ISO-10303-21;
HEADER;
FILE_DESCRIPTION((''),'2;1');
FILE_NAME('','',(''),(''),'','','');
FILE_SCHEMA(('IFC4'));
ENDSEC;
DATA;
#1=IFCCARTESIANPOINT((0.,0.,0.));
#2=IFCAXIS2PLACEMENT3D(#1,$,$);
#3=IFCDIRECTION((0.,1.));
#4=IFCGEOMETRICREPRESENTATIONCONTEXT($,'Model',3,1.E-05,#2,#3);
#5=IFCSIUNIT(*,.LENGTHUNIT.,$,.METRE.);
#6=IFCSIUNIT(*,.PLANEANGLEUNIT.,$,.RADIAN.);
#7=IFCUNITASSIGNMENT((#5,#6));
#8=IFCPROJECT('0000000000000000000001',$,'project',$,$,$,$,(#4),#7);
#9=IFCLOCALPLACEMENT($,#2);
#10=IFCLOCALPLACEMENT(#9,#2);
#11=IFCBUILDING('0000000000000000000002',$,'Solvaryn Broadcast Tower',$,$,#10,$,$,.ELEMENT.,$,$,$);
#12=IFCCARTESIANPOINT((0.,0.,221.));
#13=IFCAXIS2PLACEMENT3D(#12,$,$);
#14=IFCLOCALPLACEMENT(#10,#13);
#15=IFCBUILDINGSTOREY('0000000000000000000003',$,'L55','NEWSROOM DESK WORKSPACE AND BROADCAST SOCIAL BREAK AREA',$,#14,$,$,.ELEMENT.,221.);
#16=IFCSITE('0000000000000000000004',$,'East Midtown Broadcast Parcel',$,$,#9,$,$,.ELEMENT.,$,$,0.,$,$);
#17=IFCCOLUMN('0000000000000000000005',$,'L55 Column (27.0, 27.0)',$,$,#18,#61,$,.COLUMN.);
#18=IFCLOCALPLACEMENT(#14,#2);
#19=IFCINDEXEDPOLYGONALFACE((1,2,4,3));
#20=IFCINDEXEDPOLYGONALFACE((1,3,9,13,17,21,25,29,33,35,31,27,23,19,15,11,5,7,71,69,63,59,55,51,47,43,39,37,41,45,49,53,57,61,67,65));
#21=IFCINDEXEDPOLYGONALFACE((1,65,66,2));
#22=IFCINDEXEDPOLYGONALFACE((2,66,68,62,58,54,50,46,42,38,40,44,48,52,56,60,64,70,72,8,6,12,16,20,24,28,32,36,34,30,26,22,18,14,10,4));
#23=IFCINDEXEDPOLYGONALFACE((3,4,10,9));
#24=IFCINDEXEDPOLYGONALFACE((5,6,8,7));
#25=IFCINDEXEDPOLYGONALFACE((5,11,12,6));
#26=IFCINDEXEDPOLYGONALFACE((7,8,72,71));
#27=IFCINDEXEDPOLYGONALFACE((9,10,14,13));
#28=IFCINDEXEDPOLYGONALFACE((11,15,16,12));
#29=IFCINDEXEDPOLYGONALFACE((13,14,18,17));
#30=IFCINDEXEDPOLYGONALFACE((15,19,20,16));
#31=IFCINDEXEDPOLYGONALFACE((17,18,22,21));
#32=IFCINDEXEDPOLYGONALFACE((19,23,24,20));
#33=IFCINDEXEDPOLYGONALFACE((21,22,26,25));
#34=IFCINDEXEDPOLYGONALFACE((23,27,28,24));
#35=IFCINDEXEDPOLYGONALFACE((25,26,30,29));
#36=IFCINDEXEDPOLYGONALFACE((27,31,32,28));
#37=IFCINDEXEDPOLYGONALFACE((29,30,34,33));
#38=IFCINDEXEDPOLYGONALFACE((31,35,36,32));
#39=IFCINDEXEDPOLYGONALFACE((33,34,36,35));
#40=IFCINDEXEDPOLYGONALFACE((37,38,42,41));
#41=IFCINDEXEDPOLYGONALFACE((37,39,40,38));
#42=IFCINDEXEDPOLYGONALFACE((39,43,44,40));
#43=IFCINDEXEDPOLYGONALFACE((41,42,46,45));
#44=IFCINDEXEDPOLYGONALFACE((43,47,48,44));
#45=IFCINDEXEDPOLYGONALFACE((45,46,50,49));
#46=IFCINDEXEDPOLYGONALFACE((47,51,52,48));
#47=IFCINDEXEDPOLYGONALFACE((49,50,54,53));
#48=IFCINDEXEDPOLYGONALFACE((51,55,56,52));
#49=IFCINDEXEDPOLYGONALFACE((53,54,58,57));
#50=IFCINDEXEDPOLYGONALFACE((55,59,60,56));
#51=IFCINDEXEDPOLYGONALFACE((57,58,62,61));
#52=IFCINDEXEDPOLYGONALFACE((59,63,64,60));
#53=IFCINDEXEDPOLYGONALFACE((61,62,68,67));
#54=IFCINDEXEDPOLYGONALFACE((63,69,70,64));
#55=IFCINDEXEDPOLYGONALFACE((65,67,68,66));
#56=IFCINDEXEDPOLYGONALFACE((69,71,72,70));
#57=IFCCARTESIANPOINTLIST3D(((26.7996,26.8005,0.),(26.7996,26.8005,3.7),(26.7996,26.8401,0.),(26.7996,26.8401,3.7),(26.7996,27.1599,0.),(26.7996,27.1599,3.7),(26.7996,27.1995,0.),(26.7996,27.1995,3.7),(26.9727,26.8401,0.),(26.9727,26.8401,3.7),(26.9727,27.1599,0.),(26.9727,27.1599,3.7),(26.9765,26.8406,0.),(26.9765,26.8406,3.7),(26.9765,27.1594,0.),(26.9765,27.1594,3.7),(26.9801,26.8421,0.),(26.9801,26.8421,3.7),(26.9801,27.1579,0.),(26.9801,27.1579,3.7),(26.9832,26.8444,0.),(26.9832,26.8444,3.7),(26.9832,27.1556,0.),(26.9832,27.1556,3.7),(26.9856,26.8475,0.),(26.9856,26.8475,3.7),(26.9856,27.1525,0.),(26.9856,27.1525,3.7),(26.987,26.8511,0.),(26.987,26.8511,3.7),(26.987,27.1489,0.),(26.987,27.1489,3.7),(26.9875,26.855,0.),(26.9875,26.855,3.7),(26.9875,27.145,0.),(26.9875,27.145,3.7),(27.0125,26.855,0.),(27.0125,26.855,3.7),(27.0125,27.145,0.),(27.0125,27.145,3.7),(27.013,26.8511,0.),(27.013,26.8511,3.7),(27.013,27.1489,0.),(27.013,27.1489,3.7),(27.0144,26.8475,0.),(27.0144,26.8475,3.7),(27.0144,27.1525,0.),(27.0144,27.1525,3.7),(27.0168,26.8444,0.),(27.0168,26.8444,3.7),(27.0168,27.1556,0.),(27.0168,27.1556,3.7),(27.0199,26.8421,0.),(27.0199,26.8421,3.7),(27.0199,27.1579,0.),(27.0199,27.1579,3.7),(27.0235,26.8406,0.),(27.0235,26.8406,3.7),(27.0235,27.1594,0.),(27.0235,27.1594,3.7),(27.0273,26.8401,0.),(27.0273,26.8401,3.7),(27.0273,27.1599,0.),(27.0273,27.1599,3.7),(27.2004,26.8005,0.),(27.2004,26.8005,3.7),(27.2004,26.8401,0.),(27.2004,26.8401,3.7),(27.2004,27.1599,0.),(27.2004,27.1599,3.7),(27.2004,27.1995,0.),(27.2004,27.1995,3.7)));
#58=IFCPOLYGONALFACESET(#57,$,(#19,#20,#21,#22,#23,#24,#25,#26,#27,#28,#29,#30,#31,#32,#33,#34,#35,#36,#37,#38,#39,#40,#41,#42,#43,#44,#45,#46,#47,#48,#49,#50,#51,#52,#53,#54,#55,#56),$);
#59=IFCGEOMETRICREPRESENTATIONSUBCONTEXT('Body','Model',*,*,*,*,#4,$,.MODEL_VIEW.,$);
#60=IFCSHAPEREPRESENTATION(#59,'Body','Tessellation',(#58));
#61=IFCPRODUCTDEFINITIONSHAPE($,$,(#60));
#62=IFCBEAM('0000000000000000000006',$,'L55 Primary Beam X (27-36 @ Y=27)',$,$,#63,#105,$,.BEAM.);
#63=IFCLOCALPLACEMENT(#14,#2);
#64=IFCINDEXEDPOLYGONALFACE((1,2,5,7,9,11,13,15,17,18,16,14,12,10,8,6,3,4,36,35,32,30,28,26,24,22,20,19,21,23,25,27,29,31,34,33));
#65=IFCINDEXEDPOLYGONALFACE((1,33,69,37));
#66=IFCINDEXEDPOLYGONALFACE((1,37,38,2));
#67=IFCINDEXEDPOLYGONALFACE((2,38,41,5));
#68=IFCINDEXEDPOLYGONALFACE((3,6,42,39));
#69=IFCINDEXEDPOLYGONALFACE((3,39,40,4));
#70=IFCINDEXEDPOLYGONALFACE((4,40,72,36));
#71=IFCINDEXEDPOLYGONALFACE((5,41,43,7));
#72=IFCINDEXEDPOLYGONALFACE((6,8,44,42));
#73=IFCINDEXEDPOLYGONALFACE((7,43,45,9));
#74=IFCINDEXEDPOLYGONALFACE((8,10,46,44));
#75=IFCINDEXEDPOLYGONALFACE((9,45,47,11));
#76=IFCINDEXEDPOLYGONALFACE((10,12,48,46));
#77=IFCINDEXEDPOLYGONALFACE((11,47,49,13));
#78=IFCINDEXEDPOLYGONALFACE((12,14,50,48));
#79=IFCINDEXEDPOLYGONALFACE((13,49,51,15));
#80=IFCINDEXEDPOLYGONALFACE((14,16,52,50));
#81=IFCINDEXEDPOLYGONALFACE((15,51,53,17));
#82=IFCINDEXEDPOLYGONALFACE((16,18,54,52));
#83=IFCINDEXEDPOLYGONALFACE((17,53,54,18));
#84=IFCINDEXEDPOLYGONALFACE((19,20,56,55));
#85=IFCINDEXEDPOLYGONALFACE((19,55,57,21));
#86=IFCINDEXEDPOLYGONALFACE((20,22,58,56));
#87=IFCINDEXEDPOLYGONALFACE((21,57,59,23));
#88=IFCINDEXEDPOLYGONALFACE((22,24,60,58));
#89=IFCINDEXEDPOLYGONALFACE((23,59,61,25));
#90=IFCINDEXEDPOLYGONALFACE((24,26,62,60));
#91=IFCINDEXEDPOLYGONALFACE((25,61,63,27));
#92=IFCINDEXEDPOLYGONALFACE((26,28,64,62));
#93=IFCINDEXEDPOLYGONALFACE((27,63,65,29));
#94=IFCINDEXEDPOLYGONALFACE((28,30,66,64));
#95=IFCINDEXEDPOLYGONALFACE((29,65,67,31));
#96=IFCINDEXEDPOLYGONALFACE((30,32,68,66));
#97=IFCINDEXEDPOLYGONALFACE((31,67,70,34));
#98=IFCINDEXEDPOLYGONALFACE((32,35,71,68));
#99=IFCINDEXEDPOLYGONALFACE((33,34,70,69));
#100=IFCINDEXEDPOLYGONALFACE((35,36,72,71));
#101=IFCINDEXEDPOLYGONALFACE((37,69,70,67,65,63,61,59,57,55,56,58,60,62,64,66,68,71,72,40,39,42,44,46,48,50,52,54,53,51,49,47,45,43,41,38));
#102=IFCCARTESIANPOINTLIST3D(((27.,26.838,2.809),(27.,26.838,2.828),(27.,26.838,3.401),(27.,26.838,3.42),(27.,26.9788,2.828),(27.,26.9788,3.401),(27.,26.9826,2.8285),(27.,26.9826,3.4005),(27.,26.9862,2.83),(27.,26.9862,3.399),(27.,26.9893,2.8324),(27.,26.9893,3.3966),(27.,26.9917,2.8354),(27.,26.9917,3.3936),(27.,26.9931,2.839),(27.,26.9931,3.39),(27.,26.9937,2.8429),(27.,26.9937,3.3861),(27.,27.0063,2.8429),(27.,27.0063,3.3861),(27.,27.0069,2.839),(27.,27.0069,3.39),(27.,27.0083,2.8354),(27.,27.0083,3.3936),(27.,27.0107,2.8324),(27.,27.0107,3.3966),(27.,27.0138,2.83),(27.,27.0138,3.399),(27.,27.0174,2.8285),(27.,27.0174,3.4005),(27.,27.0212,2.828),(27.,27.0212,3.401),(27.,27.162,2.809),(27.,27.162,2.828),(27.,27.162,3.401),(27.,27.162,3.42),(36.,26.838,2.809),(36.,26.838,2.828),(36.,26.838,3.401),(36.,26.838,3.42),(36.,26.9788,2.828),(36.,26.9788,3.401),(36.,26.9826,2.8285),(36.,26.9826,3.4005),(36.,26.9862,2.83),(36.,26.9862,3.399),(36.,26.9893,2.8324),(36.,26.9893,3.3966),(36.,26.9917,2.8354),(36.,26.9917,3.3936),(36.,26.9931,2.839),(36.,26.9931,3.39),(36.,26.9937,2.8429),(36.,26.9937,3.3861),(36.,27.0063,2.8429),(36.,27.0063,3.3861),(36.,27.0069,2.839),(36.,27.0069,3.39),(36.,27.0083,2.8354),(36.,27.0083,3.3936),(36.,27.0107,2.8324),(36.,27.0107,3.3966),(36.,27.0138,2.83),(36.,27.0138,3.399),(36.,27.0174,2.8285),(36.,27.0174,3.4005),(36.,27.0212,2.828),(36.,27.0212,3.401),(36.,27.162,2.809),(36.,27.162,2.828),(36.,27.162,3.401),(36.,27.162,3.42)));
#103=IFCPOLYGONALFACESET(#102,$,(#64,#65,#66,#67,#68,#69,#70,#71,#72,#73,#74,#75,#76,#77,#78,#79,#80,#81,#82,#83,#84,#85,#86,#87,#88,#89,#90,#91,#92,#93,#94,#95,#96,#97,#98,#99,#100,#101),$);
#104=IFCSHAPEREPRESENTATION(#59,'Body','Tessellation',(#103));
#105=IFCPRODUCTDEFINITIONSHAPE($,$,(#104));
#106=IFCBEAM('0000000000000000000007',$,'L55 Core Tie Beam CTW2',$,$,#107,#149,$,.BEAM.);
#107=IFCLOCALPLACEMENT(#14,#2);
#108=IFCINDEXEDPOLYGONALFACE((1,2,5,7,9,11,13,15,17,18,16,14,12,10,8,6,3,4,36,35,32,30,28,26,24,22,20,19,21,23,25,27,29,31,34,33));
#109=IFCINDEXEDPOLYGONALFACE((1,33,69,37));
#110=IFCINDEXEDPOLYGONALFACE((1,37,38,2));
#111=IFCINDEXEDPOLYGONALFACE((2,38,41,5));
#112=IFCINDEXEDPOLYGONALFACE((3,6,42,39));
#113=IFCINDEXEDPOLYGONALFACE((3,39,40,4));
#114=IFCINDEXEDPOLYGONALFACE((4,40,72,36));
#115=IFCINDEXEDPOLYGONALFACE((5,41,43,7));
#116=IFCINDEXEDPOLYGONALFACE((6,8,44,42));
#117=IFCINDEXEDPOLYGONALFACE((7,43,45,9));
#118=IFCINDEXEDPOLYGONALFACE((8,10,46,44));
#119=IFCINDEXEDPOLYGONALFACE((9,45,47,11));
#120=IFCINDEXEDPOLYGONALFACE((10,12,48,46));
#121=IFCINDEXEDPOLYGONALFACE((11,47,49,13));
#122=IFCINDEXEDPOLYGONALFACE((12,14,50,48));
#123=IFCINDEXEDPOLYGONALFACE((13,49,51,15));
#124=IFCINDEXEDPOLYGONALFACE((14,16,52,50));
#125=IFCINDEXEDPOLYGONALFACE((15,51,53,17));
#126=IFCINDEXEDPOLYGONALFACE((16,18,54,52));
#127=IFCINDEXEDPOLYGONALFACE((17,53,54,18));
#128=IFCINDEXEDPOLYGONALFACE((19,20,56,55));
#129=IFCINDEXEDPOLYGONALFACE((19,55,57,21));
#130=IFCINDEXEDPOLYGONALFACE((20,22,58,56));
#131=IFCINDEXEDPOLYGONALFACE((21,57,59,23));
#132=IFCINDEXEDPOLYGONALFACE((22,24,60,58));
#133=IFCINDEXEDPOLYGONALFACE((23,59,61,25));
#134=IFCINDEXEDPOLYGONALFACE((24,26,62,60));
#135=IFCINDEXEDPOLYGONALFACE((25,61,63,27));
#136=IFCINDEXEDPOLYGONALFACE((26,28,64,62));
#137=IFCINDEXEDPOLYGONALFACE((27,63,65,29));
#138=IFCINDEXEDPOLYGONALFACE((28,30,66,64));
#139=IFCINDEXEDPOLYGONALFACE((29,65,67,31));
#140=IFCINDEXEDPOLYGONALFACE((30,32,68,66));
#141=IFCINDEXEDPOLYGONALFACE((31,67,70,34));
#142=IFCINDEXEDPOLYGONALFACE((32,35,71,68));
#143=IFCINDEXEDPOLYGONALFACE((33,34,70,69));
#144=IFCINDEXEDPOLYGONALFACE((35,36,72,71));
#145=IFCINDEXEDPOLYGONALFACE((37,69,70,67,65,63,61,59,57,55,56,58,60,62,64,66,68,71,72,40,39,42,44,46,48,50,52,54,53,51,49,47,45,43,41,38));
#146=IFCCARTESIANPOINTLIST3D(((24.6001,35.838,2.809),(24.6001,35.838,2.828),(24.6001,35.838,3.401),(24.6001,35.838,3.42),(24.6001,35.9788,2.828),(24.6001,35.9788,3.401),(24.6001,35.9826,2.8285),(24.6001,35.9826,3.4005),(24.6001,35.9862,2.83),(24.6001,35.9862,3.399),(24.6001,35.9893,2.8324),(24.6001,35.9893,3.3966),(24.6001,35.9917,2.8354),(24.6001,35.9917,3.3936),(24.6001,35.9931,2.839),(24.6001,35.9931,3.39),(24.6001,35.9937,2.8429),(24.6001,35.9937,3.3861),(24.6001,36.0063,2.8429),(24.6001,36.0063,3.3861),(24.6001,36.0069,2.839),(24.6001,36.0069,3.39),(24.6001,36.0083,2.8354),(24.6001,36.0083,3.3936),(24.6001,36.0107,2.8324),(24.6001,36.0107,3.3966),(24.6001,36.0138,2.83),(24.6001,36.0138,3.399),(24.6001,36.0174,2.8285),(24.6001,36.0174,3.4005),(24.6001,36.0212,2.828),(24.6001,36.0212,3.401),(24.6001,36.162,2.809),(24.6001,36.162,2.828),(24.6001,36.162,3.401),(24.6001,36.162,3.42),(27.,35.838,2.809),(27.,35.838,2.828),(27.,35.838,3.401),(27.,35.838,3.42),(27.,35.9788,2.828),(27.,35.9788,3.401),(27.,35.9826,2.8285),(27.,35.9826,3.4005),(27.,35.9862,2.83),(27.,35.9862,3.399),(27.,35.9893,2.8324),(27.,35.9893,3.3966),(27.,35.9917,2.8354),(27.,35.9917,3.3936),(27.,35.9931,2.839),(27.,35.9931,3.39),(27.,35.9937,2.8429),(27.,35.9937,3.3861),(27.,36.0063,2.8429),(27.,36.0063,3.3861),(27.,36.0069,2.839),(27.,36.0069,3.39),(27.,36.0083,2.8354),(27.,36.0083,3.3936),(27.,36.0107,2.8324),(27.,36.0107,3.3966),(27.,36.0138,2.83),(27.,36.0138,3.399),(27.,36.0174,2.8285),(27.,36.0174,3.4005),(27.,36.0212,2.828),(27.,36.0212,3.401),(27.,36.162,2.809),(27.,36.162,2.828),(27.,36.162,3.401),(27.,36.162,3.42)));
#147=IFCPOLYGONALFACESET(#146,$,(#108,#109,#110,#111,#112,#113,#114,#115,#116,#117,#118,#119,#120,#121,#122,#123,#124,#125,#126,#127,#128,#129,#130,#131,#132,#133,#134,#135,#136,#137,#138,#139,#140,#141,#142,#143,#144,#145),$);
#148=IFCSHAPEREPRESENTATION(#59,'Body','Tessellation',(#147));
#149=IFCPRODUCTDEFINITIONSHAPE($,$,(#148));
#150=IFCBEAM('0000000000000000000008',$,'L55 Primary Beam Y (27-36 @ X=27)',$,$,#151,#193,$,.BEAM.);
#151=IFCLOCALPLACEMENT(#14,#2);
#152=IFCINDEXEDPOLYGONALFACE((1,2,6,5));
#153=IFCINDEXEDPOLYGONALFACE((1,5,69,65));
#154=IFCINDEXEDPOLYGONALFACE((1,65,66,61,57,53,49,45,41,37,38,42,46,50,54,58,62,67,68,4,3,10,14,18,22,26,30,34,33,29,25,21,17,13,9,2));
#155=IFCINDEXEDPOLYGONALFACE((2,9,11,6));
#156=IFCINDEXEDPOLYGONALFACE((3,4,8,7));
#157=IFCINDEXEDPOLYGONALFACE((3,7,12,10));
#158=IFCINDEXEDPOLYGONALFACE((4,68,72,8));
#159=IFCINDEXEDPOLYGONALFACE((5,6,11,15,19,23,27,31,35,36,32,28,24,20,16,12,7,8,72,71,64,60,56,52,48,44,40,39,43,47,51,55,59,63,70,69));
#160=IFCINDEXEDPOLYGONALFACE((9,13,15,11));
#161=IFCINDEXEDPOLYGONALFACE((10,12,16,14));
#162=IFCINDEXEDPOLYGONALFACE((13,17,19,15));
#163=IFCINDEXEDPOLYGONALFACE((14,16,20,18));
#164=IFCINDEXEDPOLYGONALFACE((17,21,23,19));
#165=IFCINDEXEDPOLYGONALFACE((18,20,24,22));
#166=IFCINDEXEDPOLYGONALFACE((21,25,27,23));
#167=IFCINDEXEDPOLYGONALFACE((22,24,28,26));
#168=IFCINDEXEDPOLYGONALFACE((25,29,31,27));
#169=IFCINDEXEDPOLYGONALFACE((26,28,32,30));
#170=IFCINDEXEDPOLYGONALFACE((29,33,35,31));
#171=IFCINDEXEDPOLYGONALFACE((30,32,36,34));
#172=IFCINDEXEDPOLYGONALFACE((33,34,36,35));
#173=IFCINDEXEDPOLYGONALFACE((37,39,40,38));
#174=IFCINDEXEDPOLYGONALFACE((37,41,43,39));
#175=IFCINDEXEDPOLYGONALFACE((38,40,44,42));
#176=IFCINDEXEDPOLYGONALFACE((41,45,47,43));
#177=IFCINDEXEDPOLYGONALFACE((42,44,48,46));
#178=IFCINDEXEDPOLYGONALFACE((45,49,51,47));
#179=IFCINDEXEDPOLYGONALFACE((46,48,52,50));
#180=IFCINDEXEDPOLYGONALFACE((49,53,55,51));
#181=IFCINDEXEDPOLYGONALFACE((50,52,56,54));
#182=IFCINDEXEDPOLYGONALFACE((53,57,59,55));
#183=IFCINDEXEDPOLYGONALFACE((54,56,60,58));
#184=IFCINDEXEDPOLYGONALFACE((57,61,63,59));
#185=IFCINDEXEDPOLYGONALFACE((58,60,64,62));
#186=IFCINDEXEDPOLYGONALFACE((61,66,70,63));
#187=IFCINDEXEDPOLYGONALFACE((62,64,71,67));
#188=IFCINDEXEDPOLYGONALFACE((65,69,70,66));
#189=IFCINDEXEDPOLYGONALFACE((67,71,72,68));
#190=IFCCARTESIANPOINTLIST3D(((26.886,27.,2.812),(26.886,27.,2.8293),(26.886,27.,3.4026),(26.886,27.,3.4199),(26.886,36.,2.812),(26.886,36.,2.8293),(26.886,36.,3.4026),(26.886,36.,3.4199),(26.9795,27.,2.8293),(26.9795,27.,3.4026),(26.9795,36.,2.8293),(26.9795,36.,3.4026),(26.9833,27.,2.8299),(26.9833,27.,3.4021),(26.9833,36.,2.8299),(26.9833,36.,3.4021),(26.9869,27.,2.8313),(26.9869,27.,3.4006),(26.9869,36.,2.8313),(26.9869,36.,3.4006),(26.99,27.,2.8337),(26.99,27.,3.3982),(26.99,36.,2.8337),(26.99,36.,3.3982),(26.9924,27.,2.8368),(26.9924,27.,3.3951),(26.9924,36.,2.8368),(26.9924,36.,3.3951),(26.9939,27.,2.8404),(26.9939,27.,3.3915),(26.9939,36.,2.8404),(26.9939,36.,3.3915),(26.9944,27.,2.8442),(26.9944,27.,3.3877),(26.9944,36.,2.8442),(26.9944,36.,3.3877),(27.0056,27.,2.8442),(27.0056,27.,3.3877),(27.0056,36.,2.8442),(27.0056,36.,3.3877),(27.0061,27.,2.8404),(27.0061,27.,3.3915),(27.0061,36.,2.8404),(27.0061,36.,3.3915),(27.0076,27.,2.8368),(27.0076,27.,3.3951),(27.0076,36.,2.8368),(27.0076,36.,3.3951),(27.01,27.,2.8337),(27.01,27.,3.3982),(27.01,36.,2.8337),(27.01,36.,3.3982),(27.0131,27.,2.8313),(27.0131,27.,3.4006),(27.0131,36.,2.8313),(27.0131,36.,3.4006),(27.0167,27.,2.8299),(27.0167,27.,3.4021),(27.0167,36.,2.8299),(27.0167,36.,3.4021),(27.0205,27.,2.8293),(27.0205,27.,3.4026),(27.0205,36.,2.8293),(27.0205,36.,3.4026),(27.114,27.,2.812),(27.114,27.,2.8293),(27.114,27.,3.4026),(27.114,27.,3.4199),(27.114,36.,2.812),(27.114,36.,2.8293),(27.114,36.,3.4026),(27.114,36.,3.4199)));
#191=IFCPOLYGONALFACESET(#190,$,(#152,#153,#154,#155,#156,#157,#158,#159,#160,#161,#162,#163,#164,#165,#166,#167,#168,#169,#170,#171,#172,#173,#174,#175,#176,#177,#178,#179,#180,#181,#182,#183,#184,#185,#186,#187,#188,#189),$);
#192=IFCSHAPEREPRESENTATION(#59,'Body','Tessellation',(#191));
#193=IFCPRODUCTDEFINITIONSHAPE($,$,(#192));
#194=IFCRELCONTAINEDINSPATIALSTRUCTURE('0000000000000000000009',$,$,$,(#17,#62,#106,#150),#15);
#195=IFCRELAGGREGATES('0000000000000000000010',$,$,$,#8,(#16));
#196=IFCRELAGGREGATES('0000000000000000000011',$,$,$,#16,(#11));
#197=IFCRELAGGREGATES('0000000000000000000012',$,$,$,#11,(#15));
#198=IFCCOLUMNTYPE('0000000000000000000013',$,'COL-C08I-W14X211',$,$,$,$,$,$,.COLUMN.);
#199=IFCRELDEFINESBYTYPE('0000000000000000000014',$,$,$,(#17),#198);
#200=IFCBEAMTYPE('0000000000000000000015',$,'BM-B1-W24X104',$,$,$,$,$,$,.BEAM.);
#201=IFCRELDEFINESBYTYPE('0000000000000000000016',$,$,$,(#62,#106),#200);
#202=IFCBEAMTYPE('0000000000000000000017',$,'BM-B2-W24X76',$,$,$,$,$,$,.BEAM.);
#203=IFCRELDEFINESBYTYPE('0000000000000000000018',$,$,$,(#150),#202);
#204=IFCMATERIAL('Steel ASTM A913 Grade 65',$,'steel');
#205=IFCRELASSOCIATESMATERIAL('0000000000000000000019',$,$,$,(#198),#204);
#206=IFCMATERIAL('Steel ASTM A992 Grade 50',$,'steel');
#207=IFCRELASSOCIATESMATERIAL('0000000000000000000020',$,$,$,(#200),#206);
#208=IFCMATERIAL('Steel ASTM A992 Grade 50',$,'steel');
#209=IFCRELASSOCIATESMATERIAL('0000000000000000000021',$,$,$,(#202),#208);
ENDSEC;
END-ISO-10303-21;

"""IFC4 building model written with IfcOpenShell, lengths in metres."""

from ifc_helpers import new_model, si_unit, direction, frame, origin, origin_2d, place, context, subcontext, project, spatial, i_section, extrude, material, material_profile, profile_set, type_object, element, save


model = new_model("IFC4")

# Units and contexts
model_context = context("Model", 3, precision=1e-05, world=origin(), true_north=direction((0.0, 1.0)))
body_context = subcontext(model_context, "Body", "Model", "MODEL_VIEW")
ifc_project = project(units=[si_unit("LENGTHUNIT", "METRE"), si_unit("PLANEANGLEUNIT", "RADIAN")], contexts=[model_context])

# Site, building, storey
site_placement = place(None, origin())
site = spatial("IfcSite", under=ifc_project, at=site_placement, Name="East Midtown Broadcast Parcel", CompositionType="ELEMENT", RefElevation=0.0)
building_placement = place(site_placement, origin())
building = spatial("IfcBuilding", under=site, at=building_placement, Name="Solvaryn Broadcast Tower", CompositionType="ELEMENT")
storey_placement = place(building_placement, frame((0.0, 0.0, 221.0)))
storey = spatial("IfcBuildingStorey", under=building, at=storey_placement, Name="L55", Description="NEWSROOM DESK WORKSPACE AND BROADCAST SOCIAL BREAK AREA", CompositionType="ELEMENT", Elevation=221.0)

# Column
ifc_material_1 = material(Name="Steel ASTM A913 Grade 65", Category="steel")
ifc_material_profile_1 = material_profile(ifc_material_1, i_section(OverallWidth=0.4009, OverallDepth=0.3989, WebThickness=0.0249, FlangeThickness=0.0396, FilletRadius=0.0149, at=origin_2d()))
ifc_profile_set_1 = profile_set([ifc_material_profile_1], Name="Steel ASTM A913 Grade 65")
column_type = type_object("IfcColumnType", Name="COL-C08I-W14X211", PredefinedType="COLUMN", material=ifc_profile_set_1)
column_placement = place(storey_placement, frame((27.0, 27.0, 0.0), z_axis=(0.0, 0.0, 1.0), x_axis=(1.0, 0.0, 0.0)))
element("IfcColumn", 1, at=column_placement, inside=storey, type_object=column_type, Name="L55 Column (27.0, 27.0)", PredefinedType="COLUMN", context=body_context, shape_type="SweptSolid", body=[
    extrude(i_section(OverallWidth=0.4009, OverallDepth=0.3989, WebThickness=0.0249, FlangeThickness=0.0396, FilletRadius=0.0149, at=origin_2d()), origin(), (0.0, 0.0, 1.0), 3.7),
])

# Beams
ifc_material_2 = material(Name="Steel ASTM A992 Grade 50", Category="steel")
ifc_material_profile_2 = material_profile(ifc_material_2, i_section(OverallWidth=0.324, OverallDepth=0.6111, WebThickness=0.0127, FlangeThickness=0.019, FilletRadius=0.0149, at=origin_2d()))
ifc_profile_set_2 = profile_set([ifc_material_profile_2], Name="Steel ASTM A992 Grade 50")
beam_type_1 = type_object("IfcBeamType", Name="BM-B1-W24X104", PredefinedType="BEAM", material=ifc_profile_set_2)
beam_1_placement = place(storey_placement, frame((27.0, 27.0, 3.1145), z_axis=(1.0, 0.0, 0.0), x_axis=(0.0, 1.0, 0.0)))
element("IfcBeam", 2, at=beam_1_placement, inside=storey, type_object=beam_type_1, Name="L55 Primary Beam X (27-36 @ Y=27)", PredefinedType="BEAM", context=body_context, shape_type="SweptSolid", body=[
    extrude(i_section(OverallWidth=0.324, OverallDepth=0.6111, WebThickness=0.0127, FlangeThickness=0.019, FilletRadius=0.0149, at=origin_2d()), origin(), (0.0, 0.0, 1.0), 9.0),
])
beam_2_placement = place(storey_placement, frame((24.6001, 36.0, 3.1145), z_axis=(1.0, 0.0, 0.0), x_axis=(0.0, 1.0, 0.0)))
element("IfcBeam", 3, at=beam_2_placement, inside=storey, type_object=beam_type_1, Name="L55 Core Tie Beam CTW2", PredefinedType="BEAM", context=body_context, shape_type="SweptSolid", body=[
    extrude(i_section(OverallWidth=0.324, OverallDepth=0.6111, WebThickness=0.0127, FlangeThickness=0.019, FilletRadius=0.0149, at=origin_2d()), origin(), (0.0, 0.0, 1.0), 2.3999),
])
ifc_material_3 = material(Name="Steel ASTM A992 Grade 50", Category="steel")
ifc_material_profile_3 = material_profile(ifc_material_3, i_section(OverallWidth=0.228, OverallDepth=0.6079, WebThickness=0.0112, FlangeThickness=0.0173, FilletRadius=0.0149, at=origin_2d()))
ifc_profile_set_3 = profile_set([ifc_material_profile_3], Name="Steel ASTM A992 Grade 50")
beam_type_2 = type_object("IfcBeamType", Name="BM-B2-W24X76", PredefinedType="BEAM", material=ifc_profile_set_3)
beam_3_placement = place(storey_placement, frame((27.0, 27.0, 3.116), z_axis=(0.0, 1.0, 0.0), x_axis=(-1.0, 0.0, 0.0)))
element("IfcBeam", 4, at=beam_3_placement, inside=storey, type_object=beam_type_2, Name="L55 Primary Beam Y (27-36 @ X=27)", PredefinedType="BEAM", context=body_context, shape_type="SweptSolid", body=[
    extrude(i_section(OverallWidth=0.228, OverallDepth=0.6079, WebThickness=0.0112, FlangeThickness=0.0173, FilletRadius=0.0149, at=origin_2d()), origin(), (0.0, 0.0, 1.0), 9.0),
])

save(model, "model.ifc")
